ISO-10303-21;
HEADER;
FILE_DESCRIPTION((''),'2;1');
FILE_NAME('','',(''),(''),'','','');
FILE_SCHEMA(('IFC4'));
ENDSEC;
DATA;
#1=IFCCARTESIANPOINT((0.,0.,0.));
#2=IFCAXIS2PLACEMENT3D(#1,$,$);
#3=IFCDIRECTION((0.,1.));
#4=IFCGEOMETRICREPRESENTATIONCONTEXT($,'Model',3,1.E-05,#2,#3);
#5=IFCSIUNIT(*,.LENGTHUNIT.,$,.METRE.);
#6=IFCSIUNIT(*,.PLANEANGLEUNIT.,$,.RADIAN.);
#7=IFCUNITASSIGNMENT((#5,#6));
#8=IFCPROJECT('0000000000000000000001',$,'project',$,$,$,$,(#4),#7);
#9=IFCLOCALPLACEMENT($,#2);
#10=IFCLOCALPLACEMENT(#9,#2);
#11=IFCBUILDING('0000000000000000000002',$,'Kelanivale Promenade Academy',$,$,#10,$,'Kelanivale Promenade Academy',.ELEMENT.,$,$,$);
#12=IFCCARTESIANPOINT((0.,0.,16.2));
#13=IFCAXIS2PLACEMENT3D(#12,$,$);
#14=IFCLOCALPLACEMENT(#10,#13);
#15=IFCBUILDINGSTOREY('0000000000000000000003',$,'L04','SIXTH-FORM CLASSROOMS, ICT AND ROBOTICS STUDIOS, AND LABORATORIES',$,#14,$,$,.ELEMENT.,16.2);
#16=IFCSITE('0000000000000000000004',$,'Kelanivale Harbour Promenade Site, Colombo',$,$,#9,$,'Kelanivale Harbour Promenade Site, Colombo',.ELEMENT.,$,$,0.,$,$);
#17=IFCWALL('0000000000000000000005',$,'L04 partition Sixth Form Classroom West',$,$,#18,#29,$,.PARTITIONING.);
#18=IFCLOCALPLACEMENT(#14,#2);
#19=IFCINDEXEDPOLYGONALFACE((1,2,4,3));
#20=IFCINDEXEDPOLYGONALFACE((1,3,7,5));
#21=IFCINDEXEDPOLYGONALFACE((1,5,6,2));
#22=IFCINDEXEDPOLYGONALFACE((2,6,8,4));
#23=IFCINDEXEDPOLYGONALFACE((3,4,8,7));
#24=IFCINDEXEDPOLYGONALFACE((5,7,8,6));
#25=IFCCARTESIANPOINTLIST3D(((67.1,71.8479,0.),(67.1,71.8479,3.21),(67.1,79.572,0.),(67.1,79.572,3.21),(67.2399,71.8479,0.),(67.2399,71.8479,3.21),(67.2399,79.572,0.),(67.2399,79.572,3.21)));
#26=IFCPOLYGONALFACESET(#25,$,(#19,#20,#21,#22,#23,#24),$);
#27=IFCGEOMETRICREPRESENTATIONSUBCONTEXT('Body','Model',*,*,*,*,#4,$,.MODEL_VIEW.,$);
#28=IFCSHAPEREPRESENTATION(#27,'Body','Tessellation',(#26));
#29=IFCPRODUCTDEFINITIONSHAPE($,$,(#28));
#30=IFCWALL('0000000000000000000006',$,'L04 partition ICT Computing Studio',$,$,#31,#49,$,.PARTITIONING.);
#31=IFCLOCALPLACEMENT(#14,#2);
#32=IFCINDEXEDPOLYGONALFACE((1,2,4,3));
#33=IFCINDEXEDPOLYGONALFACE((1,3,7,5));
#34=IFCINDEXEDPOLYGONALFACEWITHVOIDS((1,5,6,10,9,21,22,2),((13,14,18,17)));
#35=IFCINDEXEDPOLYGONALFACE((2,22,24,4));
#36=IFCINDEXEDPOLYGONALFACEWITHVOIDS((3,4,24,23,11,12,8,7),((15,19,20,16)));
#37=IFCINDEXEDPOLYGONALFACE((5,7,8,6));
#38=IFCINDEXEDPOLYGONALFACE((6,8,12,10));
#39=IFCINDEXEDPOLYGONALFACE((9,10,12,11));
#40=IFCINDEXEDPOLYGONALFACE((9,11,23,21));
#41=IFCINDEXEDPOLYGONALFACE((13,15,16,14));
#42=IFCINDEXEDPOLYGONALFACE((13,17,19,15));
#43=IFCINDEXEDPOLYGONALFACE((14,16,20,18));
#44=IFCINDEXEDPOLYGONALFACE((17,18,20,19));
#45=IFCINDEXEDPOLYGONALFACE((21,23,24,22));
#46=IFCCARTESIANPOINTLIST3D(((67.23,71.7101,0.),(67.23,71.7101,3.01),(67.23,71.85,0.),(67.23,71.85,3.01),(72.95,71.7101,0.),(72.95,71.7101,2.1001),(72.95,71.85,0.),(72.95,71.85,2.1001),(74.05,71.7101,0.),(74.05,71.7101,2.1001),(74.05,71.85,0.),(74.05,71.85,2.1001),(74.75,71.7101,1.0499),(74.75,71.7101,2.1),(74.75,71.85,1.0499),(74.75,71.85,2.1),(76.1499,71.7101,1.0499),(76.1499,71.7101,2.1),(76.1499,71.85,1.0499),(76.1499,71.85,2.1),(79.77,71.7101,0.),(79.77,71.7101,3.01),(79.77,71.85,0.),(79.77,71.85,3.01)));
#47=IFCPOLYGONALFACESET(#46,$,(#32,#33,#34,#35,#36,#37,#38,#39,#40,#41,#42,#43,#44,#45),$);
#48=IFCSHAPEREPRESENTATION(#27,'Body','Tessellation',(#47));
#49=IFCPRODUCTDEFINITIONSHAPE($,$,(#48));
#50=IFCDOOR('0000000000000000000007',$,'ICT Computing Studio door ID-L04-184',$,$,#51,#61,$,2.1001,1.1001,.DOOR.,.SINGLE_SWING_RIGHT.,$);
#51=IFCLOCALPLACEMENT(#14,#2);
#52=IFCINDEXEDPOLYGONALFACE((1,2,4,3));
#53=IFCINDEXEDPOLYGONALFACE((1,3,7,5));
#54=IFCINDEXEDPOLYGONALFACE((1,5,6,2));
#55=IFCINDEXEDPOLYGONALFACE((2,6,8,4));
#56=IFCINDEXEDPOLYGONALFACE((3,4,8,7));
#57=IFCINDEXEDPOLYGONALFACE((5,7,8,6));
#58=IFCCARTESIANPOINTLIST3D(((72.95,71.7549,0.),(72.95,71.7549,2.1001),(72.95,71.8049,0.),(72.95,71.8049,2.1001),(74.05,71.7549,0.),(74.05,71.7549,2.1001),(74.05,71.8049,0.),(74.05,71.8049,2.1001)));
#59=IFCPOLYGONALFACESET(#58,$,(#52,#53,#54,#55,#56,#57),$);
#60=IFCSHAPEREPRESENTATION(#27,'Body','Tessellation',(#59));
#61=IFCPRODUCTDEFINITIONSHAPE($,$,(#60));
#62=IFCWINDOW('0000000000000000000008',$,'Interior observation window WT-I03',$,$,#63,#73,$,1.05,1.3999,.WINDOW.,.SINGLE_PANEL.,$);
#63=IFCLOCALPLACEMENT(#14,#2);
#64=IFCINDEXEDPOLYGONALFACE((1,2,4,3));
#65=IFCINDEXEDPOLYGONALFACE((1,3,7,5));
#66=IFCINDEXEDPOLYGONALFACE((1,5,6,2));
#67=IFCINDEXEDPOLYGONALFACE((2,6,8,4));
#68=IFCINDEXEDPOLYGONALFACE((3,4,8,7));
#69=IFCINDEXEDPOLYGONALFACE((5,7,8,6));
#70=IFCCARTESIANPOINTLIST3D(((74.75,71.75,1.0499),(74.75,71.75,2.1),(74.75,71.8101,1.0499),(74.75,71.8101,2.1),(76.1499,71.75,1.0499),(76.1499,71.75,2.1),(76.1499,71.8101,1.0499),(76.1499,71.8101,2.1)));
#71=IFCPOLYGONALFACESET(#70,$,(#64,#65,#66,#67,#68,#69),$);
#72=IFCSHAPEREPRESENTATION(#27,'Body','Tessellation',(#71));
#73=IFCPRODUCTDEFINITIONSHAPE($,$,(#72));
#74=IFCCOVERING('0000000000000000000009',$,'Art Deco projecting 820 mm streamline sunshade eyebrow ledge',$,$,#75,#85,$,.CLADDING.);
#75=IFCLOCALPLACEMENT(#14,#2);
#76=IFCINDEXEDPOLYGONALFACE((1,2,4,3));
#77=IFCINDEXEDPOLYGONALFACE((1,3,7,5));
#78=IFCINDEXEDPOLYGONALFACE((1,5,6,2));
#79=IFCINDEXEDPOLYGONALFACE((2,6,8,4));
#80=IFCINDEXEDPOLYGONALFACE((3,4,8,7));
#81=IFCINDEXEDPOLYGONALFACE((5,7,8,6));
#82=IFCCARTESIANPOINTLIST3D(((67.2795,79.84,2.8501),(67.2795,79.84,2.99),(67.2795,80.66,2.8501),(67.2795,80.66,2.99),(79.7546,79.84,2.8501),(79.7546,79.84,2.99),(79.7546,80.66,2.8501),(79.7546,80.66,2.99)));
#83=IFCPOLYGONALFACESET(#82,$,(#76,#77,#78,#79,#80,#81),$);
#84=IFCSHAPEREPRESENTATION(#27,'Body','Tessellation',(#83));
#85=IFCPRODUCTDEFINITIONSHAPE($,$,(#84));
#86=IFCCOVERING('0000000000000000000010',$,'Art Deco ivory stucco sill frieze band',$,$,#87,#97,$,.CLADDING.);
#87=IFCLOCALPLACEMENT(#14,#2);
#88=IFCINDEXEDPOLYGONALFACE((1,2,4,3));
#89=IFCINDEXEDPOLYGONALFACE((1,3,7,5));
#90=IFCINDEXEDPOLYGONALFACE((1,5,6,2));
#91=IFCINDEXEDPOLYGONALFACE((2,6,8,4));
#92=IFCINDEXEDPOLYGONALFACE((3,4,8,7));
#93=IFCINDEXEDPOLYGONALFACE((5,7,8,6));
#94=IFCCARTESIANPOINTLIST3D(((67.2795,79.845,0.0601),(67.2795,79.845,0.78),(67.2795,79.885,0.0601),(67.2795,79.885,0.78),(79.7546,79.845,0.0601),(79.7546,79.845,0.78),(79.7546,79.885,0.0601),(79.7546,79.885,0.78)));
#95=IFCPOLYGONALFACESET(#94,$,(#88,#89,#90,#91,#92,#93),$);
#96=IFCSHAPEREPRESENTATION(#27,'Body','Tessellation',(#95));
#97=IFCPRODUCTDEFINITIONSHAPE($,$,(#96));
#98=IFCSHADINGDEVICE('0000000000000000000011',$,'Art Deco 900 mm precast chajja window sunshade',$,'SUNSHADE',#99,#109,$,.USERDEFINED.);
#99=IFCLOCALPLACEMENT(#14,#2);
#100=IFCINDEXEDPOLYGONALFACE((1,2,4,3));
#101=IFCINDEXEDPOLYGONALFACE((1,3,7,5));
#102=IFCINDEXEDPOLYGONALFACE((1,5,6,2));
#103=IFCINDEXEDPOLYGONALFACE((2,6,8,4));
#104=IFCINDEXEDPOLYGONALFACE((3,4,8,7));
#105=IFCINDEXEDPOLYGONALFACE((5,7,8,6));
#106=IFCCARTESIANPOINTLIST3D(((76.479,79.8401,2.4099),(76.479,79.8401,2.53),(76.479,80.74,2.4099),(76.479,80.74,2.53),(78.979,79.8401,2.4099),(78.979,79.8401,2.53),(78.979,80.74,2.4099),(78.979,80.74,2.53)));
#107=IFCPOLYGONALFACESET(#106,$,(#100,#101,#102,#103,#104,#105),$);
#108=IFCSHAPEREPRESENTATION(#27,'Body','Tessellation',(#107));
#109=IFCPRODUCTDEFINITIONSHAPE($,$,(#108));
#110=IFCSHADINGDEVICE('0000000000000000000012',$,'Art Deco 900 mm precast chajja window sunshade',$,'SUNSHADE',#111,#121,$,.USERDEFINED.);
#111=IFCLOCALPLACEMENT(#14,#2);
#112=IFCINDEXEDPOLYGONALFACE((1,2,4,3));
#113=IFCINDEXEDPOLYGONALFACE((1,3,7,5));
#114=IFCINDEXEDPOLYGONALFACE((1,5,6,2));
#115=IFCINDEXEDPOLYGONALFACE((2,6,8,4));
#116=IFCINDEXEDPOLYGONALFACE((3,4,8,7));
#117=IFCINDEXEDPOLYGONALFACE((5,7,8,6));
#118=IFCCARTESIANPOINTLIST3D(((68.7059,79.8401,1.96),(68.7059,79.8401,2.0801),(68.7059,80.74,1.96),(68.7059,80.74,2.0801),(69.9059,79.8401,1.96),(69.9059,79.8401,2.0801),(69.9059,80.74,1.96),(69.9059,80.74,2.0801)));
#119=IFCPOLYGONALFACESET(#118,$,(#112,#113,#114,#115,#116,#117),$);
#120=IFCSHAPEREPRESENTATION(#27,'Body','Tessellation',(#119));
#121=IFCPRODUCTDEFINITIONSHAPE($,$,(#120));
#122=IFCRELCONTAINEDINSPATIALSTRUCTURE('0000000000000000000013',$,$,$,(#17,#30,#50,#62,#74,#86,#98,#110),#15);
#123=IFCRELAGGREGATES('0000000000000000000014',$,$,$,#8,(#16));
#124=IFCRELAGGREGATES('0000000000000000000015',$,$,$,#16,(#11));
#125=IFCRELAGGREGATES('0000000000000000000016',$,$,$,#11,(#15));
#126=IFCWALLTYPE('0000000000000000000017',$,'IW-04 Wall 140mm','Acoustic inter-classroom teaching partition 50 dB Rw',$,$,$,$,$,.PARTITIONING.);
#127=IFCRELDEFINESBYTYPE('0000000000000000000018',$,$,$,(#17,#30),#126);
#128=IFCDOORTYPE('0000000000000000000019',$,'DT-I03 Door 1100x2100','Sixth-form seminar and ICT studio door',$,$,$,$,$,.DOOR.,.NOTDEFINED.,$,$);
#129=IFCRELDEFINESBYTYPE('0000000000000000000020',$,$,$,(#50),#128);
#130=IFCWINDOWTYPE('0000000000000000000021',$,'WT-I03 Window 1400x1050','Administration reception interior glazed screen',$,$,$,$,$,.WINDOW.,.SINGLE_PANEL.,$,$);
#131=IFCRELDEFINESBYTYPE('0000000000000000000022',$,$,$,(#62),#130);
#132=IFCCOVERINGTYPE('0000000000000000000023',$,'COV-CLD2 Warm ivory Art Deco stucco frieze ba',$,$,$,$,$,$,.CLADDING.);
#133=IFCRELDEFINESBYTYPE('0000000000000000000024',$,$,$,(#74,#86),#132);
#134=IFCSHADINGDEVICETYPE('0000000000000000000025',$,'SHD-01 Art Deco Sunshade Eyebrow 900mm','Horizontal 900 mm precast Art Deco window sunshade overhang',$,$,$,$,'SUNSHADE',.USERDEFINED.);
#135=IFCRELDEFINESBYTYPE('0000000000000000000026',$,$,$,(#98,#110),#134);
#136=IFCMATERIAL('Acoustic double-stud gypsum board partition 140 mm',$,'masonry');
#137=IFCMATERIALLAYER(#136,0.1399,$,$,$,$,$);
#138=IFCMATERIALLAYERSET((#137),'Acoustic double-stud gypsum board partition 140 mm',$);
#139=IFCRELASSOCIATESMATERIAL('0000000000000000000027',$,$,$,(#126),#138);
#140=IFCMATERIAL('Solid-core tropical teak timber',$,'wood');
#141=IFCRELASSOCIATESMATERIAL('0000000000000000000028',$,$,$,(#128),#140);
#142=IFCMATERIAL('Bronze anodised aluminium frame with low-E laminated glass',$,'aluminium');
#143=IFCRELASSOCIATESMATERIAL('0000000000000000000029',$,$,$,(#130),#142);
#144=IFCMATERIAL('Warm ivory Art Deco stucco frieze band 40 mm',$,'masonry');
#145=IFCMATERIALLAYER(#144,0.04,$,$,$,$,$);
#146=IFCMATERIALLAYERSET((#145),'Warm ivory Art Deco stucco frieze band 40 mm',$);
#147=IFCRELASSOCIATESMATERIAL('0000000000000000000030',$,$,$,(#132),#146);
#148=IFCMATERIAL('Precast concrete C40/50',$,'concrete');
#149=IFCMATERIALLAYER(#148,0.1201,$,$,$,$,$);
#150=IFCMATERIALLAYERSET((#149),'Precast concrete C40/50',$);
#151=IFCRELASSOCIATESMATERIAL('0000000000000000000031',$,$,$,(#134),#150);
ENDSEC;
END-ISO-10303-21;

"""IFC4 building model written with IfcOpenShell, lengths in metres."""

from ifc_helpers import new_model, si_unit, direction, frame, frame_2d, origin, origin_2d, place, context, subcontext, project, spatial, rectangle, extrude, material, layer, layer_set, type_object, element, fill, save


model = new_model("IFC4")

# Units and contexts
model_context = context("Model", 3, precision=1e-05, world=origin(), true_north=direction((0.0, 1.0)))
body_context = subcontext(model_context, "Body", "Model", "MODEL_VIEW")
ifc_project = project(units=[si_unit("LENGTHUNIT", "METRE"), si_unit("PLANEANGLEUNIT", "RADIAN")], contexts=[model_context])

# Site, building, storey
site_placement = place(None, origin())
site = spatial("IfcSite", under=ifc_project, at=site_placement, Name="Kelanivale Harbour Promenade Site, Colombo", LongName="Kelanivale Harbour Promenade Site, Colombo", CompositionType="ELEMENT", RefElevation=0.0)
building_placement = place(site_placement, origin())
building = spatial("IfcBuilding", under=site, at=building_placement, Name="Kelanivale Promenade Academy", LongName="Kelanivale Promenade Academy", CompositionType="ELEMENT")
storey_placement = place(building_placement, frame((0.0, 0.0, 16.2)))
storey = spatial("IfcBuildingStorey", under=building, at=storey_placement, Name="L04", Description="SIXTH-FORM CLASSROOMS, ICT AND ROBOTICS STUDIOS, AND LABORATORIES", CompositionType="ELEMENT", Elevation=16.2)

# Shared definitions
ifc_material_1 = material(Name="Bronze anodised aluminium frame with low-E laminated glass", Category="aluminium")

# Wall
ifc_material_2 = material(Name="Acoustic double-stud gypsum board partition 140 mm", Category="masonry")
ifc_layer_1 = layer(ifc_material_2, 0.1399)
ifc_layer_set_1 = layer_set([ifc_layer_1], Name="Acoustic double-stud gypsum board partition 140 mm")
wall_type_1 = type_object("IfcWallType", Name="IW-04 Wall 140mm", Description="Acoustic inter-classroom teaching partition 50 dB Rw", PredefinedType="PARTITIONING", material=ifc_layer_set_1)
wall_1_placement = place(storey_placement, frame((67.1699, 71.8479, 0.0), z_axis=(0.0, 0.0, 1.0), x_axis=(0.0, 1.0, 0.0)))
element("IfcWall", 1, at=wall_1_placement, inside=storey, type_object=wall_type_1, Name="L04 partition Sixth Form Classroom West", PredefinedType="PARTITIONING", context=body_context, shape_type="SweptSolid", body=[
    extrude(rectangle(XDim=7.7241, YDim=0.1399, at=frame_2d((3.8621, 0.0))), origin(), (0.0, 0.0, 1.0), 3.21),
])

# Wall, openings, door, window
wall_2_placement = place(storey_placement, frame((67.23, 71.78, 0.0), z_axis=(0.0, 0.0, 1.0), x_axis=(1.0, 0.0, 0.0)))
wall_2 = element("IfcWall", 2, at=wall_2_placement, inside=storey, type_object=wall_type_1, Name="L04 partition ICT Computing Studio", PredefinedType="PARTITIONING", context=body_context, shape_type="SweptSolid", body=[
    extrude(rectangle(XDim=12.54, YDim=0.1399, at=frame_2d((6.27, 0.0))), origin(), (0.0, 0.0, 1.0), 3.01),
])
opening_1_placement = place(wall_2_placement, frame((5.72, 0.0, 0.0)))
opening_1 = element("IfcOpeningElement", 3, at=opening_1_placement, cuts=wall_2, PredefinedType="OPENING", context=body_context, shape_type="SweptSolid", body=[
    extrude(rectangle(XDim=1.1001, YDim=2.1001, at=frame_2d((0.55, 1.05))), frame((0.0, 0.0801, 0.0), z_axis=(0.0, -1.0, 0.0), x_axis=(1.0, 0.0, 0.0)), (0.0, 0.0, 1.0), 0.1599),
])
opening_2_placement = place(wall_2_placement, frame((7.52, 0.0, 1.05)))
opening_2 = element("IfcOpeningElement", 4, at=opening_2_placement, cuts=wall_2, PredefinedType="OPENING", context=body_context, shape_type="SweptSolid", body=[
    extrude(rectangle(XDim=1.3999, YDim=1.05, at=frame_2d((0.7, 0.5249))), frame((0.0, 0.0801, 0.0), z_axis=(0.0, -1.0, 0.0), x_axis=(1.0, 0.0, 0.0)), (0.0, 0.0, 1.0), 0.1599),
])
ifc_material_3 = material(Name="Solid-core tropical teak timber", Category="wood")
door_type = type_object("IfcDoorType", Name="DT-I03 Door 1100x2100", Description="Sixth-form seminar and ICT studio door", OperationType="NOTDEFINED", PredefinedType="DOOR", material=ifc_material_3)
door_placement = place(opening_1_placement, origin())
door = element("IfcDoor", 5, at=door_placement, inside=storey, type_object=door_type, Name="ICT Computing Studio door ID-L04-184", OperationType="SINGLE_SWING_RIGHT", OverallHeight=2.1001, OverallWidth=1.1001, PredefinedType="DOOR", context=body_context, shape_type="SweptSolid", body=[
    extrude(rectangle(XDim=1.1001, YDim=2.1001, at=frame_2d((0.55, 1.05))), frame((0.0, 0.0249, 0.0), z_axis=(0.0, -1.0, 0.0), x_axis=(1.0, 0.0, 0.0)), (0.0, 0.0, 1.0), 0.05),
])
fill(opening_1, door)
window_type_1 = type_object("IfcWindowType", Name="WT-I03 Window 1400x1050", Description="Administration reception interior glazed screen", PartitioningType="SINGLE_PANEL", PredefinedType="WINDOW", material=ifc_material_1)
window_1_placement = place(opening_2_placement, origin())
window_1 = element("IfcWindow", 6, at=window_1_placement, inside=storey, type_object=window_type_1, Name="Interior observation window WT-I03", OverallHeight=1.05, OverallWidth=1.3999, PartitioningType="SINGLE_PANEL", PredefinedType="WINDOW", context=body_context, shape_type="SweptSolid", body=[
    extrude(rectangle(XDim=1.3999, YDim=1.05, at=frame_2d((0.7, 0.5249))), frame((0.0, 0.03, 0.0), z_axis=(0.0, -1.0, 0.0), x_axis=(1.0, 0.0, 0.0)), (0.0, 0.0, 1.0), 0.0601),
])
fill(opening_2, window_1)

# Coverings
ifc_material_4 = material(Name="Warm ivory Art Deco stucco frieze band 40 mm", Category="masonry")
ifc_layer_2 = layer(ifc_material_4, 0.04)
ifc_layer_set_2 = layer_set([ifc_layer_2], Name="Warm ivory Art Deco stucco frieze band 40 mm")
covering_type = type_object("IfcCoveringType", Name="COV-CLD2 Warm ivory Art Deco stucco frieze ba", PredefinedType="CLADDING", material=ifc_layer_set_2)
covering_1_placement = place(storey_placement, frame((73.5171, 80.25, 2.8501), z_axis=(0.0, 0.0, 1.0), x_axis=(-1.0, 0.0, 0.0)))
element("IfcCovering", 7, at=covering_1_placement, inside=storey, type_object=covering_type, Name="Art Deco projecting 820 mm streamline sunshade eyebrow ledge", PredefinedType="CLADDING", context=body_context, shape_type="SweptSolid", body=[
    extrude(rectangle(XDim=12.4751, YDim=0.8201, at=origin_2d()), origin(), (0.0, 0.0, 1.0), 0.1399),
])
covering_2_placement = place(storey_placement, frame((73.5171, 79.865, 0.0601), z_axis=(0.0, 0.0, 1.0), x_axis=(-1.0, 0.0, 0.0)))
element("IfcCovering", 8, at=covering_2_placement, inside=storey, type_object=covering_type, Name="Art Deco ivory stucco sill frieze band", PredefinedType="CLADDING", context=body_context, shape_type="SweptSolid", body=[
    extrude(rectangle(XDim=12.4751, YDim=0.04, at=origin_2d()), origin(), (0.0, 0.0, 1.0), 0.72),
])

# Shading devices
ifc_material_5 = material(Name="Precast concrete C40/50", Category="concrete")
ifc_layer_3 = layer(ifc_material_5, 0.1201)
ifc_layer_set_3 = layer_set([ifc_layer_3], Name="Precast concrete C40/50")
shading_device_type = type_object("IfcShadingDeviceType", Name="SHD-01 Art Deco Sunshade Eyebrow 900mm", Description="Horizontal 900 mm precast Art Deco window sunshade overhang", ElementType="SUNSHADE", PredefinedType="USERDEFINED", material=ifc_layer_set_3)
shading_device_1_placement = place(storey_placement, frame((77.729, 80.29, 2.4099), z_axis=(0.0, 0.0, 1.0), x_axis=(-1.0, 0.0, 0.0)))
element("IfcShadingDevice", 9, at=shading_device_1_placement, inside=storey, type_object=shading_device_type, Name="Art Deco 900 mm precast chajja window sunshade", ObjectType="SUNSHADE", PredefinedType="USERDEFINED", context=body_context, shape_type="SweptSolid", body=[
    extrude(rectangle(XDim=2.5, YDim=0.8999, at=origin_2d()), origin(), (0.0, 0.0, 1.0), 0.1201),
])
shading_device_2_placement = place(storey_placement, frame((69.3059, 80.29, 1.96), z_axis=(0.0, 0.0, 1.0), x_axis=(-1.0, 0.0, 0.0)))
element("IfcShadingDevice", 10, at=shading_device_2_placement, inside=storey, type_object=shading_device_type, Name="Art Deco 900 mm precast chajja window sunshade", ObjectType="SUNSHADE", PredefinedType="USERDEFINED", context=body_context, shape_type="SweptSolid", body=[
    extrude(rectangle(XDim=1.2, YDim=0.8999, at=origin_2d()), origin(), (0.0, 0.0, 1.0), 0.1201),
])

save(model, "model.ifc")
